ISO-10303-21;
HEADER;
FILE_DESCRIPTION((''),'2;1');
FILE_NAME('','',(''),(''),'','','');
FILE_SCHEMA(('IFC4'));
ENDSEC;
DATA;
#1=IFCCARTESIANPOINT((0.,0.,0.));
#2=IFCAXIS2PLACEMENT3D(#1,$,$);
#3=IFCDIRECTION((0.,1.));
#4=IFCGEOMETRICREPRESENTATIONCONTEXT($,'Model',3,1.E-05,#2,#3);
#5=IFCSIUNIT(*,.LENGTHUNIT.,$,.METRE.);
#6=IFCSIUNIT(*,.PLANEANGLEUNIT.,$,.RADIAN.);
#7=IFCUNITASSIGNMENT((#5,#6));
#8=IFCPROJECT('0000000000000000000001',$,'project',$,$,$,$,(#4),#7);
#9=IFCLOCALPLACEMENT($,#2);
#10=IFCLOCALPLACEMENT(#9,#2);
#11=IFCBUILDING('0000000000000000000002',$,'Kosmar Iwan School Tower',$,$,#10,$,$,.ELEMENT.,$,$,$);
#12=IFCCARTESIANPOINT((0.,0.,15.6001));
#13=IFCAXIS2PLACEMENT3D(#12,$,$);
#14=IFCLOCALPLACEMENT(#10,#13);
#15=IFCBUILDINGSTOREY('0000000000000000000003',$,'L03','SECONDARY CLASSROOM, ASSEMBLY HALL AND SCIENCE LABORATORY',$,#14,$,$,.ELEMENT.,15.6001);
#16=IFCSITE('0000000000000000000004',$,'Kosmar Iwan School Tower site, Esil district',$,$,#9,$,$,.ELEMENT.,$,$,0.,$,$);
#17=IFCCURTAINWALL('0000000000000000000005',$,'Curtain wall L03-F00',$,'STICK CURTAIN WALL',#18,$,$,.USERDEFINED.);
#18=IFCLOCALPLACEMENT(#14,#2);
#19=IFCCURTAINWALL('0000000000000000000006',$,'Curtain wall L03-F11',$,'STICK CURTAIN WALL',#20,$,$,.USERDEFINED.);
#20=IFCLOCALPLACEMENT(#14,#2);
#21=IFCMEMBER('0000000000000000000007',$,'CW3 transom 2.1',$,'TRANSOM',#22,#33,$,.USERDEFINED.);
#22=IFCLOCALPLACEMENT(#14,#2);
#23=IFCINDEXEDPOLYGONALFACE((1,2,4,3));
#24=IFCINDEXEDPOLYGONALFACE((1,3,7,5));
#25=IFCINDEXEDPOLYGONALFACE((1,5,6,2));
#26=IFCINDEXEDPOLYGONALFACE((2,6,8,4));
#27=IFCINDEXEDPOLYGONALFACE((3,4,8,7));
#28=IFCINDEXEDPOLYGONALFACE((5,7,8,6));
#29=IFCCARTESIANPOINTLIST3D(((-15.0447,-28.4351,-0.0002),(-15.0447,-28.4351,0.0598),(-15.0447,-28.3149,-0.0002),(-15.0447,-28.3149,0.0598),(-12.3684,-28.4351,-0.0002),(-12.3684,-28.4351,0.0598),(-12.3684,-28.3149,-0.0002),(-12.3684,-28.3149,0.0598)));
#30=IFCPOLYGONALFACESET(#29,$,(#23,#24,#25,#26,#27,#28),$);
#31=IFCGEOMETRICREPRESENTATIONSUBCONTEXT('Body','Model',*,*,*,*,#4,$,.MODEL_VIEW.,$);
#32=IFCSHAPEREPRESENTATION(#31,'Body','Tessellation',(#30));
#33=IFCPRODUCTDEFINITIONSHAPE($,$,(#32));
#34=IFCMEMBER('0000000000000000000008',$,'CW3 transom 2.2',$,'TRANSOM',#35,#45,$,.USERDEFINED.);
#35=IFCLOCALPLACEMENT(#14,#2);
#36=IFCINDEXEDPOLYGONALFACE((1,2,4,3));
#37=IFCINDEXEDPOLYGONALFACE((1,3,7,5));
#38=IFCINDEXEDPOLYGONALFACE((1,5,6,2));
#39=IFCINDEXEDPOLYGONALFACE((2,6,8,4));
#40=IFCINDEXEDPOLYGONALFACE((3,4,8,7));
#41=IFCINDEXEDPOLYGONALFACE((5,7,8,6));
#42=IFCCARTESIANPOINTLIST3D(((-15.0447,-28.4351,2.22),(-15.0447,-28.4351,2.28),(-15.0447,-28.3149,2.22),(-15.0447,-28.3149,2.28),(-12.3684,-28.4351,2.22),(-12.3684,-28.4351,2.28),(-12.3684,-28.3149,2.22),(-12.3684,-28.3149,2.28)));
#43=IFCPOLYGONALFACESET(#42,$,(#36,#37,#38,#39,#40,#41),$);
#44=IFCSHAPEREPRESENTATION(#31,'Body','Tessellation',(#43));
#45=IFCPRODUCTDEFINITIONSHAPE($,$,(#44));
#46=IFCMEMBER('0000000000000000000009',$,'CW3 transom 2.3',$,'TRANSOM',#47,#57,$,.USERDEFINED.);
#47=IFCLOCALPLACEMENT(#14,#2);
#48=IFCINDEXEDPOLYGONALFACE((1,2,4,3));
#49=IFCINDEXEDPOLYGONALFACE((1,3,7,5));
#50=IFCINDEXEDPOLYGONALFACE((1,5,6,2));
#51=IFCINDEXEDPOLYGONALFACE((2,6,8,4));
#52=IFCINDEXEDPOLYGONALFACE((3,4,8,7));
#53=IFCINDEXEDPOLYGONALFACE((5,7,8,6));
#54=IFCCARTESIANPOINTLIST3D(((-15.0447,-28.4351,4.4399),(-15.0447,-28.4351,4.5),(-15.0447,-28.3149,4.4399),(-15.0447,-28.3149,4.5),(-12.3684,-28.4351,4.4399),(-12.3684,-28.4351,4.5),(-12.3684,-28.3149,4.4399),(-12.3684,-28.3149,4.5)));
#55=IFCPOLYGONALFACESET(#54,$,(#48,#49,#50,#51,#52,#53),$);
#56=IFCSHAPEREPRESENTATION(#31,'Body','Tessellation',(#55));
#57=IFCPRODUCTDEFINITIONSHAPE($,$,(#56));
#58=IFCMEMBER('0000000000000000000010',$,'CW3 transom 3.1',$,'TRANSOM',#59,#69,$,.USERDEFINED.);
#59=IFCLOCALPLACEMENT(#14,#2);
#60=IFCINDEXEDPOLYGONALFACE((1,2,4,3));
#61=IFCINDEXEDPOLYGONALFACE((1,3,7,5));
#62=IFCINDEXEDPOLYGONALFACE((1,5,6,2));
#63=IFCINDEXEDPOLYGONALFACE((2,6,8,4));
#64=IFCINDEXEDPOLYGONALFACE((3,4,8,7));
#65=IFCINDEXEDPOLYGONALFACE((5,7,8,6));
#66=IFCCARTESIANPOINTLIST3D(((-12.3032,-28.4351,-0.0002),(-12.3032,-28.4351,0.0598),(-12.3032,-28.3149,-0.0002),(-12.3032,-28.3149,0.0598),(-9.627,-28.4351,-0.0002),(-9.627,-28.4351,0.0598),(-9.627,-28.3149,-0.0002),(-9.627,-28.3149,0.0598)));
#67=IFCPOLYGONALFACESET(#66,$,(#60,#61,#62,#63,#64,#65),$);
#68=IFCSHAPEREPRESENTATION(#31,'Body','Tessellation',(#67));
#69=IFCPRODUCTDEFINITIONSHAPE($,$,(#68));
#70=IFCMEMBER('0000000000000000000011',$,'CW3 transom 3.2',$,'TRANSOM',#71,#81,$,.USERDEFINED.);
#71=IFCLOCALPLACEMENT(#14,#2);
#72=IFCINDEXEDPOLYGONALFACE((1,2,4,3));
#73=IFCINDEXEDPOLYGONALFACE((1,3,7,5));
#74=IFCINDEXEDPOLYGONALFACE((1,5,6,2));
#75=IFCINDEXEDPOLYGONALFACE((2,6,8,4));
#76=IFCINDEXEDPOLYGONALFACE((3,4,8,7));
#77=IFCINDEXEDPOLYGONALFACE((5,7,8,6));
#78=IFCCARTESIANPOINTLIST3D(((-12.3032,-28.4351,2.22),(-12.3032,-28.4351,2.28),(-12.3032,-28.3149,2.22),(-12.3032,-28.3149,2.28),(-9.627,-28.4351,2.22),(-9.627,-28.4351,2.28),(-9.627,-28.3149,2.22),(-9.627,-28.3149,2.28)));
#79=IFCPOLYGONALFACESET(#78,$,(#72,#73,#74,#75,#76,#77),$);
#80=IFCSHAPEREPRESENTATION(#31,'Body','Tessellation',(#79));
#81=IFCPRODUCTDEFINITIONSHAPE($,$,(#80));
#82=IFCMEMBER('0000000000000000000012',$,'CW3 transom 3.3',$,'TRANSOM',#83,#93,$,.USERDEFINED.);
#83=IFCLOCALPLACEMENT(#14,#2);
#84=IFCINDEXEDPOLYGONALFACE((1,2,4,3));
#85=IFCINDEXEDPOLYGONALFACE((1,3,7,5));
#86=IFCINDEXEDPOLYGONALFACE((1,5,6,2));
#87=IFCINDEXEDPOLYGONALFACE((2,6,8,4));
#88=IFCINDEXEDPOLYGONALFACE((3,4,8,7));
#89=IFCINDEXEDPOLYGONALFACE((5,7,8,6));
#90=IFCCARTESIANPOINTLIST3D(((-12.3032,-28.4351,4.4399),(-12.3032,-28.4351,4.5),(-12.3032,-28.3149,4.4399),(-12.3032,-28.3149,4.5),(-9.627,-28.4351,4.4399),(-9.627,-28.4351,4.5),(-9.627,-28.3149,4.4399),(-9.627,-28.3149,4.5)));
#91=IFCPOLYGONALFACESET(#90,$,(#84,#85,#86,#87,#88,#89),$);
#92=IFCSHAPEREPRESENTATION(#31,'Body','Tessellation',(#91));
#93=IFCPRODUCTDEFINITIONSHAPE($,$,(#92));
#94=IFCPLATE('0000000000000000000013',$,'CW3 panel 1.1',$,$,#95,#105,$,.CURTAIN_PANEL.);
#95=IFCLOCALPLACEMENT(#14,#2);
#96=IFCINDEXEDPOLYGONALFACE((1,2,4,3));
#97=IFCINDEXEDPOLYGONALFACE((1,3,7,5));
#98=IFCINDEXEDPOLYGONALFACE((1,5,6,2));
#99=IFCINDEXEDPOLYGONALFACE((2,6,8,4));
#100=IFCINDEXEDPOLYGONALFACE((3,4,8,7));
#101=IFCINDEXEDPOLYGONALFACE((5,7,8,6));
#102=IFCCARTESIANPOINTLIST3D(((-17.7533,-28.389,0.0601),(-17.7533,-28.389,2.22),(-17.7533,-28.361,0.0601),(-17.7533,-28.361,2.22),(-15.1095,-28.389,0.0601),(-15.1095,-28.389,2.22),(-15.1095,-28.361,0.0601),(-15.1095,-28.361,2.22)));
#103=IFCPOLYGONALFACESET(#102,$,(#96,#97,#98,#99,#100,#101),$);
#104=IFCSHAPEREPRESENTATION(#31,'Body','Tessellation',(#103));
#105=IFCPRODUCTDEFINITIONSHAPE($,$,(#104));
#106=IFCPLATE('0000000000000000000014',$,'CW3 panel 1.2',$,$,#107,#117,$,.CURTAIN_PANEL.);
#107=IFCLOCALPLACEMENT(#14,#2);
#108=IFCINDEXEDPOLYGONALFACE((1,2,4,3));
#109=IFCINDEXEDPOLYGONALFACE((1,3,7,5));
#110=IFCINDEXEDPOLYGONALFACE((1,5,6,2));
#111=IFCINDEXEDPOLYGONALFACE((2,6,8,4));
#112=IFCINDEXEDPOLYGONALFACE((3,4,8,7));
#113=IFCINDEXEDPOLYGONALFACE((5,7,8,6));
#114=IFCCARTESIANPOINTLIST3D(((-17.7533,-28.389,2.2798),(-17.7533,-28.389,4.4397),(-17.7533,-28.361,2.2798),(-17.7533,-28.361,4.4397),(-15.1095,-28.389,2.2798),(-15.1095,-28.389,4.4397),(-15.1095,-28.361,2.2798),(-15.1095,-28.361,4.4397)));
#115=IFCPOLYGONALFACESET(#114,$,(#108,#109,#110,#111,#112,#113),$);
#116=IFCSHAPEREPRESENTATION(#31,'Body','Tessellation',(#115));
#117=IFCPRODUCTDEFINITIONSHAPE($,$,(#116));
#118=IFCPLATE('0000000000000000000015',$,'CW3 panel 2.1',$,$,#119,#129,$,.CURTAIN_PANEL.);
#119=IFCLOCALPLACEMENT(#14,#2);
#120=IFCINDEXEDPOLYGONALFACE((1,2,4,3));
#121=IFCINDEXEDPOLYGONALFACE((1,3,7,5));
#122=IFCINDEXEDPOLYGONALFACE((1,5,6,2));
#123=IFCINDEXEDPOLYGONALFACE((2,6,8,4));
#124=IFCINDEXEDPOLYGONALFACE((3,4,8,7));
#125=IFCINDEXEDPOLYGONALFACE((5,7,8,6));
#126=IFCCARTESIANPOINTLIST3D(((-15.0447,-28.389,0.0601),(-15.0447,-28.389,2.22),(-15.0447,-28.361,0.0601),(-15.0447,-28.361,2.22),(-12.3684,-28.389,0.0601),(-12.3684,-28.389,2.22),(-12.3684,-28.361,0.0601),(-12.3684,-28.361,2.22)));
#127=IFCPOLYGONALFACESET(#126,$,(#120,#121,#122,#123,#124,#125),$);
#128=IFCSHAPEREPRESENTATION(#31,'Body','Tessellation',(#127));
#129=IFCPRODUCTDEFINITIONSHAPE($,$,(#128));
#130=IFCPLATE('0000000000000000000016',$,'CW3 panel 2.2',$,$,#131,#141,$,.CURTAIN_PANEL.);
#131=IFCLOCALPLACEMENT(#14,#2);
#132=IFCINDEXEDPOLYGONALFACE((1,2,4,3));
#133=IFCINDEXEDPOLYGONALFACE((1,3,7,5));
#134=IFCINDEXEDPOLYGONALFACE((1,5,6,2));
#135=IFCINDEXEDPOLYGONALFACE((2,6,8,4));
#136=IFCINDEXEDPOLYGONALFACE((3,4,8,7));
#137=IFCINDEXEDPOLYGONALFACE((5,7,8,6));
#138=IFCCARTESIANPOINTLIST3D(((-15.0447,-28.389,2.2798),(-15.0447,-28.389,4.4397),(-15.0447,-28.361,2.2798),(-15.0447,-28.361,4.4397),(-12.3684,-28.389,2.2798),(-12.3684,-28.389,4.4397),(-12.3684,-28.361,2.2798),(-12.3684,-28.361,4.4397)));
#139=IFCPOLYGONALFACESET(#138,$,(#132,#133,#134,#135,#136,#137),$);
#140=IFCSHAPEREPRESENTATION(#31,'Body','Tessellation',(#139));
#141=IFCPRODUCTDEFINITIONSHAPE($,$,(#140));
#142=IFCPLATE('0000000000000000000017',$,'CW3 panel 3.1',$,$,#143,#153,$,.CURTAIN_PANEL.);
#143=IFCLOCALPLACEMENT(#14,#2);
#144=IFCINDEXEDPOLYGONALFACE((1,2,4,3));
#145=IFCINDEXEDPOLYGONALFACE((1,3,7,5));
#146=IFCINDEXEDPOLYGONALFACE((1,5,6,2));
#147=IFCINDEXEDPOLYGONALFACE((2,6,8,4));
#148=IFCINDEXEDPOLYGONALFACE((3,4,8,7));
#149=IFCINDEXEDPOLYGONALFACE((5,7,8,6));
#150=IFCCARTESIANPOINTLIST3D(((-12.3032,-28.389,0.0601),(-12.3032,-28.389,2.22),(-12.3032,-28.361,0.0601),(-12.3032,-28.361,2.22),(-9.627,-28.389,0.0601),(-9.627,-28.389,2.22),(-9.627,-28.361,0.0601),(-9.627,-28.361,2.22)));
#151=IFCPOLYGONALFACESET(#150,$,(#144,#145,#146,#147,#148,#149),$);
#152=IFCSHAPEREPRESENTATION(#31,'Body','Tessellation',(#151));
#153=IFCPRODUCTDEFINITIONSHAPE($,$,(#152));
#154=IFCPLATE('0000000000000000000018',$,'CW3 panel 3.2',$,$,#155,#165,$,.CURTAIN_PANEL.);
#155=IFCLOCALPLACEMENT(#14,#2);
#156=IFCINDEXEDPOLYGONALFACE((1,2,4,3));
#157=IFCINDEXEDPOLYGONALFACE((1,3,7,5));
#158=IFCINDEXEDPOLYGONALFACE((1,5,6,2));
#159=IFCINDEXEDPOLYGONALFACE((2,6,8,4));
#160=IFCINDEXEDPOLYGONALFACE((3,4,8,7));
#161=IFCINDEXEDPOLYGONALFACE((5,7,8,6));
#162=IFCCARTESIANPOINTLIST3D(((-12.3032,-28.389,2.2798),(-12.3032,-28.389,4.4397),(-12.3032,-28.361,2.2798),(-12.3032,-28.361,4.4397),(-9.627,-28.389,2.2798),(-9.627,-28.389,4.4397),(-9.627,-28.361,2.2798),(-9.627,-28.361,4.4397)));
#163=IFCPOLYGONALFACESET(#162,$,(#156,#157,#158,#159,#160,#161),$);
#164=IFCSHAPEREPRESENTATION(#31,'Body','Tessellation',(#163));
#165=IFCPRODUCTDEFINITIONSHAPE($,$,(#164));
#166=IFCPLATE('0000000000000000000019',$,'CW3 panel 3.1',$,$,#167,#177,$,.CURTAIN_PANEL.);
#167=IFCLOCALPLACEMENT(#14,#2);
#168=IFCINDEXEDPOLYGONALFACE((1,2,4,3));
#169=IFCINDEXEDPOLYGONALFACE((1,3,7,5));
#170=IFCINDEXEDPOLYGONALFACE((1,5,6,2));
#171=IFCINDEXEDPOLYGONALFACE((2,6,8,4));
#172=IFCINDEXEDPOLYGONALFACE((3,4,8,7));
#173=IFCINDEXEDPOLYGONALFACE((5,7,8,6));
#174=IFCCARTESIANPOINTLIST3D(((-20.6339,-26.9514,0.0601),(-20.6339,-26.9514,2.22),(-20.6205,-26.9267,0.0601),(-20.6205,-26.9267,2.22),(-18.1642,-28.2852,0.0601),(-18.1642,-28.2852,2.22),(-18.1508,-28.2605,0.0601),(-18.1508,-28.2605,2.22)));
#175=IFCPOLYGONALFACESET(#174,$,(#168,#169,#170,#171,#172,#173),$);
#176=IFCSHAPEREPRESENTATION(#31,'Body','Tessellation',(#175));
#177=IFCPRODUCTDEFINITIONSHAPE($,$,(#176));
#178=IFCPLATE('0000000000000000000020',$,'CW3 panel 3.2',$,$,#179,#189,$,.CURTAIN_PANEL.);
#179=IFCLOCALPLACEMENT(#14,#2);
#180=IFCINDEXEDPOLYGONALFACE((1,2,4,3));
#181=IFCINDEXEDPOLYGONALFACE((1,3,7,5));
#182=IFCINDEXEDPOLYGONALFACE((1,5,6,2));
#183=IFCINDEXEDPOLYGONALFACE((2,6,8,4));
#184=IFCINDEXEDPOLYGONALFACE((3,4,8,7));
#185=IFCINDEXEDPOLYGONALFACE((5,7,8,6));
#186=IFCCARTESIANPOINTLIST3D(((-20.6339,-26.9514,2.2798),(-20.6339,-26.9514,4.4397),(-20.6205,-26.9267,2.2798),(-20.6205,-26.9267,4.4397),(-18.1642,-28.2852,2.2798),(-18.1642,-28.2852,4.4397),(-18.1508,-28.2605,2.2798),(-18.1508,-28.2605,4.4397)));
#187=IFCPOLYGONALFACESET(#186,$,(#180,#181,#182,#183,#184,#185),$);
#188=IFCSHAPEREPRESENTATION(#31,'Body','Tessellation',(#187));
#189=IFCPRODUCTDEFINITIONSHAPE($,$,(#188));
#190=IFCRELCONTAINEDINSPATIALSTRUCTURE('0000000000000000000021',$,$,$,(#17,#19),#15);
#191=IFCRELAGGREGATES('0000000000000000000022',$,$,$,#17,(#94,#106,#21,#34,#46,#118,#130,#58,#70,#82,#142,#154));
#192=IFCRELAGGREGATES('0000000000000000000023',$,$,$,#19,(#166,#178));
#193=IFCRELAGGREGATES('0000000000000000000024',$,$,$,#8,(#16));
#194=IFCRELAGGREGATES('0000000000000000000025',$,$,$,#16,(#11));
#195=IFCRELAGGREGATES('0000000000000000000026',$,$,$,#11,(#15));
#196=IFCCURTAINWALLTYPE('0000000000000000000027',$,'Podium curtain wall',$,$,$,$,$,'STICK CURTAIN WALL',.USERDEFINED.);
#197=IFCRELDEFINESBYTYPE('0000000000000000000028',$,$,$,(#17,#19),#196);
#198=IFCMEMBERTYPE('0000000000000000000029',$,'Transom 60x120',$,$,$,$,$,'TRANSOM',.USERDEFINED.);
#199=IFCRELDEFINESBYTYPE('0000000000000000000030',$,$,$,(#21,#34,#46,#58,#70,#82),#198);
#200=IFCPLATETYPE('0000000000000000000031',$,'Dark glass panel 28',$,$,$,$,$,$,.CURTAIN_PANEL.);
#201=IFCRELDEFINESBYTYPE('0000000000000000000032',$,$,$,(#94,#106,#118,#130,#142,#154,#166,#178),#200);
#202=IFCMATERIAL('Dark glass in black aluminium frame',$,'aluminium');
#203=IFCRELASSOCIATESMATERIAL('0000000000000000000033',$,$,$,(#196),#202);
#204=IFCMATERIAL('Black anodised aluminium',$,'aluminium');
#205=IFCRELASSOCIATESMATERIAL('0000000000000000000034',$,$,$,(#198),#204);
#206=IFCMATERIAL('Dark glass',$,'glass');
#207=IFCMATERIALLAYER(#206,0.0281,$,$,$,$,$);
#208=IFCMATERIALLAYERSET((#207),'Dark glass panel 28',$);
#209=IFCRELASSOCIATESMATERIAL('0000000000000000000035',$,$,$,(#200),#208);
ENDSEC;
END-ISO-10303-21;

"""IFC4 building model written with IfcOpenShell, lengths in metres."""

from ifc_helpers import new_model, si_unit, direction, frame, origin, origin_2d, place, context, subcontext, project, spatial, rectangle, extrude, material, layer, layer_set, material_profile, profile_set, type_object, element, aggregate, save


model = new_model("IFC4")

# Units and contexts
model_context = context("Model", 3, precision=1e-05, world=origin(), true_north=direction((0.0, 1.0)))
body_context = subcontext(model_context, "Body", "Model", "MODEL_VIEW")
ifc_project = project(units=[si_unit("LENGTHUNIT", "METRE"), si_unit("PLANEANGLEUNIT", "RADIAN")], contexts=[model_context])

# Site, building, storey
site_placement = place(None, origin())
site = spatial("IfcSite", under=ifc_project, at=site_placement, Name="Kosmar Iwan School Tower site, Esil district", CompositionType="ELEMENT", RefElevation=0.0)
building_placement = place(site_placement, origin())
building = spatial("IfcBuilding", under=site, at=building_placement, Name="Kosmar Iwan School Tower", CompositionType="ELEMENT")
storey_placement = place(building_placement, frame((0.0, 0.0, 15.6001)))
storey = spatial("IfcBuildingStorey", under=building, at=storey_placement, Name="L03", Description="SECONDARY CLASSROOM, ASSEMBLY HALL AND SCIENCE LABORATORY", CompositionType="ELEMENT", Elevation=15.6001)

# Curtain wall
ifc_material_1 = material(Name="Dark glass in black aluminium frame", Category="aluminium")
curtain_wall_type = type_object("IfcCurtainWallType", Name="Podium curtain wall", ElementType="STICK CURTAIN WALL", PredefinedType="USERDEFINED", material=ifc_material_1)
curtain_wall_1_placement = place(storey_placement, origin())
curtain_wall_1 = element("IfcCurtainWall", 1, at=curtain_wall_1_placement, inside=storey, type_object=curtain_wall_type, Name="Curtain wall L03-F00", ObjectType="STICK CURTAIN WALL", PredefinedType="USERDEFINED")

# Curtain wall
curtain_wall_2_placement = place(storey_placement, origin())
curtain_wall_2 = element("IfcCurtainWall", 2, at=curtain_wall_2_placement, inside=storey, type_object=curtain_wall_type, Name="Curtain wall L03-F11", ObjectType="STICK CURTAIN WALL", PredefinedType="USERDEFINED")

# Members
ifc_material_2 = material(Name="Black anodised aluminium", Category="aluminium")
ifc_material_profile_1 = material_profile(ifc_material_2, rectangle(XDim=0.1201, YDim=0.0601, at=origin_2d()), Name="TRANSOM 60x120")
ifc_profile_set_1 = profile_set([ifc_material_profile_1], Name="Black anodised aluminium")
member_type_1 = type_object("IfcMemberType", Name="Transom 60x120", ElementType="TRANSOM", PredefinedType="USERDEFINED", material=ifc_profile_set_1)
member_1_placement = place(storey_placement, frame((-15.0447, -28.375, 0.0298), z_axis=(1.0, 0.0, 0.0), x_axis=(0.0, 1.0, 0.0)))
member_1 = element("IfcMember", 3, at=member_1_placement, type_object=member_type_1, Name="CW3 transom 2.1", ObjectType="TRANSOM", PredefinedType="USERDEFINED", context=body_context, shape_type="SweptSolid", body=[
    extrude(rectangle(XDim=0.1201, YDim=0.0601, at=origin_2d()), origin(), (0.0, 0.0, 1.0), 2.6763),
])
member_2_placement = place(storey_placement, frame((-15.0447, -28.375, 2.25), z_axis=(1.0, 0.0, 0.0), x_axis=(0.0, 1.0, 0.0)))
member_2 = element("IfcMember", 4, at=member_2_placement, type_object=member_type_1, Name="CW3 transom 2.2", ObjectType="TRANSOM", PredefinedType="USERDEFINED", context=body_context, shape_type="SweptSolid", body=[
    extrude(rectangle(XDim=0.1201, YDim=0.0601, at=origin_2d()), origin(), (0.0, 0.0, 1.0), 2.6763),
])
member_3_placement = place(storey_placement, frame((-15.0447, -28.375, 4.47), z_axis=(1.0, 0.0, 0.0), x_axis=(0.0, 1.0, 0.0)))
member_3 = element("IfcMember", 5, at=member_3_placement, type_object=member_type_1, Name="CW3 transom 2.3", ObjectType="TRANSOM", PredefinedType="USERDEFINED", context=body_context, shape_type="SweptSolid", body=[
    extrude(rectangle(XDim=0.1201, YDim=0.0601, at=origin_2d()), origin(), (0.0, 0.0, 1.0), 2.6763),
])
member_4_placement = place(storey_placement, frame((-12.3032, -28.375, 0.0298), z_axis=(1.0, 0.0, 0.0), x_axis=(0.0, 1.0, 0.0)))
member_4 = element("IfcMember", 6, at=member_4_placement, type_object=member_type_1, Name="CW3 transom 3.1", ObjectType="TRANSOM", PredefinedType="USERDEFINED", context=body_context, shape_type="SweptSolid", body=[
    extrude(rectangle(XDim=0.1201, YDim=0.0601, at=origin_2d()), origin(), (0.0, 0.0, 1.0), 2.6763),
])
member_5_placement = place(storey_placement, frame((-12.3032, -28.375, 2.25), z_axis=(1.0, 0.0, 0.0), x_axis=(0.0, 1.0, 0.0)))
member_5 = element("IfcMember", 7, at=member_5_placement, type_object=member_type_1, Name="CW3 transom 3.2", ObjectType="TRANSOM", PredefinedType="USERDEFINED", context=body_context, shape_type="SweptSolid", body=[
    extrude(rectangle(XDim=0.1201, YDim=0.0601, at=origin_2d()), origin(), (0.0, 0.0, 1.0), 2.6763),
])
member_6_placement = place(storey_placement, frame((-12.3032, -28.375, 4.47), z_axis=(1.0, 0.0, 0.0), x_axis=(0.0, 1.0, 0.0)))
member_6 = element("IfcMember", 8, at=member_6_placement, type_object=member_type_1, Name="CW3 transom 3.3", ObjectType="TRANSOM", PredefinedType="USERDEFINED", context=body_context, shape_type="SweptSolid", body=[
    extrude(rectangle(XDim=0.1201, YDim=0.0601, at=origin_2d()), origin(), (0.0, 0.0, 1.0), 2.6763),
])

# Plates
ifc_material_3 = material(Name="Dark glass", Category="glass")
ifc_layer_1 = layer(ifc_material_3, 0.0281)
ifc_layer_set_1 = layer_set([ifc_layer_1], Name="Dark glass panel 28")
plate_type = type_object("IfcPlateType", Name="Dark glass panel 28", PredefinedType="CURTAIN_PANEL", material=ifc_layer_set_1)
plate_1_placement = place(storey_placement, frame((-16.4314, -28.375, 0.0601), z_axis=(0.0, 0.0, 1.0), x_axis=(1.0, 0.0, 0.0)))
plate_1 = element("IfcPlate", 9, at=plate_1_placement, type_object=plate_type, Name="CW3 panel 1.1", PredefinedType="CURTAIN_PANEL", context=body_context, shape_type="SweptSolid", body=[
    extrude(rectangle(XDim=2.6438, YDim=0.0281, at=origin_2d()), origin(), (0.0, 0.0, 1.0), 2.1599),
])
plate_2_placement = place(storey_placement, frame((-16.4314, -28.375, 2.2798), z_axis=(0.0, 0.0, 1.0), x_axis=(1.0, 0.0, 0.0)))
plate_2 = element("IfcPlate", 10, at=plate_2_placement, type_object=plate_type, Name="CW3 panel 1.2", PredefinedType="CURTAIN_PANEL", context=body_context, shape_type="SweptSolid", body=[
    extrude(rectangle(XDim=2.6438, YDim=0.0281, at=origin_2d()), origin(), (0.0, 0.0, 1.0), 2.1599),
])
plate_3_placement = place(storey_placement, frame((-13.7065, -28.375, 0.0601), z_axis=(0.0, 0.0, 1.0), x_axis=(1.0, 0.0, 0.0)))
plate_3 = element("IfcPlate", 11, at=plate_3_placement, type_object=plate_type, Name="CW3 panel 2.1", PredefinedType="CURTAIN_PANEL", context=body_context, shape_type="SweptSolid", body=[
    extrude(rectangle(XDim=2.6763, YDim=0.0281, at=origin_2d()), origin(), (0.0, 0.0, 1.0), 2.1599),
])
plate_4_placement = place(storey_placement, frame((-13.7065, -28.375, 2.2798), z_axis=(0.0, 0.0, 1.0), x_axis=(1.0, 0.0, 0.0)))
plate_4 = element("IfcPlate", 12, at=plate_4_placement, type_object=plate_type, Name="CW3 panel 2.2", PredefinedType="CURTAIN_PANEL", context=body_context, shape_type="SweptSolid", body=[
    extrude(rectangle(XDim=2.6763, YDim=0.0281, at=origin_2d()), origin(), (0.0, 0.0, 1.0), 2.1599),
])
plate_5_placement = place(storey_placement, frame((-10.9651, -28.375, 0.0601), z_axis=(0.0, 0.0, 1.0), x_axis=(1.0, 0.0, 0.0)))
plate_5 = element("IfcPlate", 13, at=plate_5_placement, type_object=plate_type, Name="CW3 panel 3.1", PredefinedType="CURTAIN_PANEL", context=body_context, shape_type="SweptSolid", body=[
    extrude(rectangle(XDim=2.6763, YDim=0.0281, at=origin_2d()), origin(), (0.0, 0.0, 1.0), 2.1599),
])
plate_6_placement = place(storey_placement, frame((-10.9651, -28.375, 2.2798), z_axis=(0.0, 0.0, 1.0), x_axis=(1.0, 0.0, 0.0)))
plate_6 = element("IfcPlate", 14, at=plate_6_placement, type_object=plate_type, Name="CW3 panel 3.2", PredefinedType="CURTAIN_PANEL", context=body_context, shape_type="SweptSolid", body=[
    extrude(rectangle(XDim=2.6763, YDim=0.0281, at=origin_2d()), origin(), (0.0, 0.0, 1.0), 2.1599),
])
aggregate(curtain_wall_1, [plate_1, plate_2, member_1, member_2, member_3, plate_3, plate_4, member_4, member_5, member_6, plate_5, plate_6])
plate_7_placement = place(storey_placement, frame((-19.3923, -27.606, 0.0601), z_axis=(0.0, 0.0, 1.0), x_axis=(0.879869, -0.475215, 0.0)))
plate_7 = element("IfcPlate", 15, at=plate_7_placement, type_object=plate_type, Name="CW3 panel 3.1", PredefinedType="CURTAIN_PANEL", context=body_context, shape_type="SweptSolid", body=[
    extrude(rectangle(XDim=2.8069, YDim=0.0281, at=origin_2d()), origin(), (0.0, 0.0, 1.0), 2.1599),
])
plate_8_placement = place(storey_placement, frame((-19.3923, -27.606, 2.2798), z_axis=(0.0, 0.0, 1.0), x_axis=(0.879869, -0.475215, 0.0)))
plate_8 = element("IfcPlate", 16, at=plate_8_placement, type_object=plate_type, Name="CW3 panel 3.2", PredefinedType="CURTAIN_PANEL", context=body_context, shape_type="SweptSolid", body=[
    extrude(rectangle(XDim=2.8069, YDim=0.0281, at=origin_2d()), origin(), (0.0, 0.0, 1.0), 2.1599),
])
aggregate(curtain_wall_2, [plate_7, plate_8])

save(model, "model.ifc")
